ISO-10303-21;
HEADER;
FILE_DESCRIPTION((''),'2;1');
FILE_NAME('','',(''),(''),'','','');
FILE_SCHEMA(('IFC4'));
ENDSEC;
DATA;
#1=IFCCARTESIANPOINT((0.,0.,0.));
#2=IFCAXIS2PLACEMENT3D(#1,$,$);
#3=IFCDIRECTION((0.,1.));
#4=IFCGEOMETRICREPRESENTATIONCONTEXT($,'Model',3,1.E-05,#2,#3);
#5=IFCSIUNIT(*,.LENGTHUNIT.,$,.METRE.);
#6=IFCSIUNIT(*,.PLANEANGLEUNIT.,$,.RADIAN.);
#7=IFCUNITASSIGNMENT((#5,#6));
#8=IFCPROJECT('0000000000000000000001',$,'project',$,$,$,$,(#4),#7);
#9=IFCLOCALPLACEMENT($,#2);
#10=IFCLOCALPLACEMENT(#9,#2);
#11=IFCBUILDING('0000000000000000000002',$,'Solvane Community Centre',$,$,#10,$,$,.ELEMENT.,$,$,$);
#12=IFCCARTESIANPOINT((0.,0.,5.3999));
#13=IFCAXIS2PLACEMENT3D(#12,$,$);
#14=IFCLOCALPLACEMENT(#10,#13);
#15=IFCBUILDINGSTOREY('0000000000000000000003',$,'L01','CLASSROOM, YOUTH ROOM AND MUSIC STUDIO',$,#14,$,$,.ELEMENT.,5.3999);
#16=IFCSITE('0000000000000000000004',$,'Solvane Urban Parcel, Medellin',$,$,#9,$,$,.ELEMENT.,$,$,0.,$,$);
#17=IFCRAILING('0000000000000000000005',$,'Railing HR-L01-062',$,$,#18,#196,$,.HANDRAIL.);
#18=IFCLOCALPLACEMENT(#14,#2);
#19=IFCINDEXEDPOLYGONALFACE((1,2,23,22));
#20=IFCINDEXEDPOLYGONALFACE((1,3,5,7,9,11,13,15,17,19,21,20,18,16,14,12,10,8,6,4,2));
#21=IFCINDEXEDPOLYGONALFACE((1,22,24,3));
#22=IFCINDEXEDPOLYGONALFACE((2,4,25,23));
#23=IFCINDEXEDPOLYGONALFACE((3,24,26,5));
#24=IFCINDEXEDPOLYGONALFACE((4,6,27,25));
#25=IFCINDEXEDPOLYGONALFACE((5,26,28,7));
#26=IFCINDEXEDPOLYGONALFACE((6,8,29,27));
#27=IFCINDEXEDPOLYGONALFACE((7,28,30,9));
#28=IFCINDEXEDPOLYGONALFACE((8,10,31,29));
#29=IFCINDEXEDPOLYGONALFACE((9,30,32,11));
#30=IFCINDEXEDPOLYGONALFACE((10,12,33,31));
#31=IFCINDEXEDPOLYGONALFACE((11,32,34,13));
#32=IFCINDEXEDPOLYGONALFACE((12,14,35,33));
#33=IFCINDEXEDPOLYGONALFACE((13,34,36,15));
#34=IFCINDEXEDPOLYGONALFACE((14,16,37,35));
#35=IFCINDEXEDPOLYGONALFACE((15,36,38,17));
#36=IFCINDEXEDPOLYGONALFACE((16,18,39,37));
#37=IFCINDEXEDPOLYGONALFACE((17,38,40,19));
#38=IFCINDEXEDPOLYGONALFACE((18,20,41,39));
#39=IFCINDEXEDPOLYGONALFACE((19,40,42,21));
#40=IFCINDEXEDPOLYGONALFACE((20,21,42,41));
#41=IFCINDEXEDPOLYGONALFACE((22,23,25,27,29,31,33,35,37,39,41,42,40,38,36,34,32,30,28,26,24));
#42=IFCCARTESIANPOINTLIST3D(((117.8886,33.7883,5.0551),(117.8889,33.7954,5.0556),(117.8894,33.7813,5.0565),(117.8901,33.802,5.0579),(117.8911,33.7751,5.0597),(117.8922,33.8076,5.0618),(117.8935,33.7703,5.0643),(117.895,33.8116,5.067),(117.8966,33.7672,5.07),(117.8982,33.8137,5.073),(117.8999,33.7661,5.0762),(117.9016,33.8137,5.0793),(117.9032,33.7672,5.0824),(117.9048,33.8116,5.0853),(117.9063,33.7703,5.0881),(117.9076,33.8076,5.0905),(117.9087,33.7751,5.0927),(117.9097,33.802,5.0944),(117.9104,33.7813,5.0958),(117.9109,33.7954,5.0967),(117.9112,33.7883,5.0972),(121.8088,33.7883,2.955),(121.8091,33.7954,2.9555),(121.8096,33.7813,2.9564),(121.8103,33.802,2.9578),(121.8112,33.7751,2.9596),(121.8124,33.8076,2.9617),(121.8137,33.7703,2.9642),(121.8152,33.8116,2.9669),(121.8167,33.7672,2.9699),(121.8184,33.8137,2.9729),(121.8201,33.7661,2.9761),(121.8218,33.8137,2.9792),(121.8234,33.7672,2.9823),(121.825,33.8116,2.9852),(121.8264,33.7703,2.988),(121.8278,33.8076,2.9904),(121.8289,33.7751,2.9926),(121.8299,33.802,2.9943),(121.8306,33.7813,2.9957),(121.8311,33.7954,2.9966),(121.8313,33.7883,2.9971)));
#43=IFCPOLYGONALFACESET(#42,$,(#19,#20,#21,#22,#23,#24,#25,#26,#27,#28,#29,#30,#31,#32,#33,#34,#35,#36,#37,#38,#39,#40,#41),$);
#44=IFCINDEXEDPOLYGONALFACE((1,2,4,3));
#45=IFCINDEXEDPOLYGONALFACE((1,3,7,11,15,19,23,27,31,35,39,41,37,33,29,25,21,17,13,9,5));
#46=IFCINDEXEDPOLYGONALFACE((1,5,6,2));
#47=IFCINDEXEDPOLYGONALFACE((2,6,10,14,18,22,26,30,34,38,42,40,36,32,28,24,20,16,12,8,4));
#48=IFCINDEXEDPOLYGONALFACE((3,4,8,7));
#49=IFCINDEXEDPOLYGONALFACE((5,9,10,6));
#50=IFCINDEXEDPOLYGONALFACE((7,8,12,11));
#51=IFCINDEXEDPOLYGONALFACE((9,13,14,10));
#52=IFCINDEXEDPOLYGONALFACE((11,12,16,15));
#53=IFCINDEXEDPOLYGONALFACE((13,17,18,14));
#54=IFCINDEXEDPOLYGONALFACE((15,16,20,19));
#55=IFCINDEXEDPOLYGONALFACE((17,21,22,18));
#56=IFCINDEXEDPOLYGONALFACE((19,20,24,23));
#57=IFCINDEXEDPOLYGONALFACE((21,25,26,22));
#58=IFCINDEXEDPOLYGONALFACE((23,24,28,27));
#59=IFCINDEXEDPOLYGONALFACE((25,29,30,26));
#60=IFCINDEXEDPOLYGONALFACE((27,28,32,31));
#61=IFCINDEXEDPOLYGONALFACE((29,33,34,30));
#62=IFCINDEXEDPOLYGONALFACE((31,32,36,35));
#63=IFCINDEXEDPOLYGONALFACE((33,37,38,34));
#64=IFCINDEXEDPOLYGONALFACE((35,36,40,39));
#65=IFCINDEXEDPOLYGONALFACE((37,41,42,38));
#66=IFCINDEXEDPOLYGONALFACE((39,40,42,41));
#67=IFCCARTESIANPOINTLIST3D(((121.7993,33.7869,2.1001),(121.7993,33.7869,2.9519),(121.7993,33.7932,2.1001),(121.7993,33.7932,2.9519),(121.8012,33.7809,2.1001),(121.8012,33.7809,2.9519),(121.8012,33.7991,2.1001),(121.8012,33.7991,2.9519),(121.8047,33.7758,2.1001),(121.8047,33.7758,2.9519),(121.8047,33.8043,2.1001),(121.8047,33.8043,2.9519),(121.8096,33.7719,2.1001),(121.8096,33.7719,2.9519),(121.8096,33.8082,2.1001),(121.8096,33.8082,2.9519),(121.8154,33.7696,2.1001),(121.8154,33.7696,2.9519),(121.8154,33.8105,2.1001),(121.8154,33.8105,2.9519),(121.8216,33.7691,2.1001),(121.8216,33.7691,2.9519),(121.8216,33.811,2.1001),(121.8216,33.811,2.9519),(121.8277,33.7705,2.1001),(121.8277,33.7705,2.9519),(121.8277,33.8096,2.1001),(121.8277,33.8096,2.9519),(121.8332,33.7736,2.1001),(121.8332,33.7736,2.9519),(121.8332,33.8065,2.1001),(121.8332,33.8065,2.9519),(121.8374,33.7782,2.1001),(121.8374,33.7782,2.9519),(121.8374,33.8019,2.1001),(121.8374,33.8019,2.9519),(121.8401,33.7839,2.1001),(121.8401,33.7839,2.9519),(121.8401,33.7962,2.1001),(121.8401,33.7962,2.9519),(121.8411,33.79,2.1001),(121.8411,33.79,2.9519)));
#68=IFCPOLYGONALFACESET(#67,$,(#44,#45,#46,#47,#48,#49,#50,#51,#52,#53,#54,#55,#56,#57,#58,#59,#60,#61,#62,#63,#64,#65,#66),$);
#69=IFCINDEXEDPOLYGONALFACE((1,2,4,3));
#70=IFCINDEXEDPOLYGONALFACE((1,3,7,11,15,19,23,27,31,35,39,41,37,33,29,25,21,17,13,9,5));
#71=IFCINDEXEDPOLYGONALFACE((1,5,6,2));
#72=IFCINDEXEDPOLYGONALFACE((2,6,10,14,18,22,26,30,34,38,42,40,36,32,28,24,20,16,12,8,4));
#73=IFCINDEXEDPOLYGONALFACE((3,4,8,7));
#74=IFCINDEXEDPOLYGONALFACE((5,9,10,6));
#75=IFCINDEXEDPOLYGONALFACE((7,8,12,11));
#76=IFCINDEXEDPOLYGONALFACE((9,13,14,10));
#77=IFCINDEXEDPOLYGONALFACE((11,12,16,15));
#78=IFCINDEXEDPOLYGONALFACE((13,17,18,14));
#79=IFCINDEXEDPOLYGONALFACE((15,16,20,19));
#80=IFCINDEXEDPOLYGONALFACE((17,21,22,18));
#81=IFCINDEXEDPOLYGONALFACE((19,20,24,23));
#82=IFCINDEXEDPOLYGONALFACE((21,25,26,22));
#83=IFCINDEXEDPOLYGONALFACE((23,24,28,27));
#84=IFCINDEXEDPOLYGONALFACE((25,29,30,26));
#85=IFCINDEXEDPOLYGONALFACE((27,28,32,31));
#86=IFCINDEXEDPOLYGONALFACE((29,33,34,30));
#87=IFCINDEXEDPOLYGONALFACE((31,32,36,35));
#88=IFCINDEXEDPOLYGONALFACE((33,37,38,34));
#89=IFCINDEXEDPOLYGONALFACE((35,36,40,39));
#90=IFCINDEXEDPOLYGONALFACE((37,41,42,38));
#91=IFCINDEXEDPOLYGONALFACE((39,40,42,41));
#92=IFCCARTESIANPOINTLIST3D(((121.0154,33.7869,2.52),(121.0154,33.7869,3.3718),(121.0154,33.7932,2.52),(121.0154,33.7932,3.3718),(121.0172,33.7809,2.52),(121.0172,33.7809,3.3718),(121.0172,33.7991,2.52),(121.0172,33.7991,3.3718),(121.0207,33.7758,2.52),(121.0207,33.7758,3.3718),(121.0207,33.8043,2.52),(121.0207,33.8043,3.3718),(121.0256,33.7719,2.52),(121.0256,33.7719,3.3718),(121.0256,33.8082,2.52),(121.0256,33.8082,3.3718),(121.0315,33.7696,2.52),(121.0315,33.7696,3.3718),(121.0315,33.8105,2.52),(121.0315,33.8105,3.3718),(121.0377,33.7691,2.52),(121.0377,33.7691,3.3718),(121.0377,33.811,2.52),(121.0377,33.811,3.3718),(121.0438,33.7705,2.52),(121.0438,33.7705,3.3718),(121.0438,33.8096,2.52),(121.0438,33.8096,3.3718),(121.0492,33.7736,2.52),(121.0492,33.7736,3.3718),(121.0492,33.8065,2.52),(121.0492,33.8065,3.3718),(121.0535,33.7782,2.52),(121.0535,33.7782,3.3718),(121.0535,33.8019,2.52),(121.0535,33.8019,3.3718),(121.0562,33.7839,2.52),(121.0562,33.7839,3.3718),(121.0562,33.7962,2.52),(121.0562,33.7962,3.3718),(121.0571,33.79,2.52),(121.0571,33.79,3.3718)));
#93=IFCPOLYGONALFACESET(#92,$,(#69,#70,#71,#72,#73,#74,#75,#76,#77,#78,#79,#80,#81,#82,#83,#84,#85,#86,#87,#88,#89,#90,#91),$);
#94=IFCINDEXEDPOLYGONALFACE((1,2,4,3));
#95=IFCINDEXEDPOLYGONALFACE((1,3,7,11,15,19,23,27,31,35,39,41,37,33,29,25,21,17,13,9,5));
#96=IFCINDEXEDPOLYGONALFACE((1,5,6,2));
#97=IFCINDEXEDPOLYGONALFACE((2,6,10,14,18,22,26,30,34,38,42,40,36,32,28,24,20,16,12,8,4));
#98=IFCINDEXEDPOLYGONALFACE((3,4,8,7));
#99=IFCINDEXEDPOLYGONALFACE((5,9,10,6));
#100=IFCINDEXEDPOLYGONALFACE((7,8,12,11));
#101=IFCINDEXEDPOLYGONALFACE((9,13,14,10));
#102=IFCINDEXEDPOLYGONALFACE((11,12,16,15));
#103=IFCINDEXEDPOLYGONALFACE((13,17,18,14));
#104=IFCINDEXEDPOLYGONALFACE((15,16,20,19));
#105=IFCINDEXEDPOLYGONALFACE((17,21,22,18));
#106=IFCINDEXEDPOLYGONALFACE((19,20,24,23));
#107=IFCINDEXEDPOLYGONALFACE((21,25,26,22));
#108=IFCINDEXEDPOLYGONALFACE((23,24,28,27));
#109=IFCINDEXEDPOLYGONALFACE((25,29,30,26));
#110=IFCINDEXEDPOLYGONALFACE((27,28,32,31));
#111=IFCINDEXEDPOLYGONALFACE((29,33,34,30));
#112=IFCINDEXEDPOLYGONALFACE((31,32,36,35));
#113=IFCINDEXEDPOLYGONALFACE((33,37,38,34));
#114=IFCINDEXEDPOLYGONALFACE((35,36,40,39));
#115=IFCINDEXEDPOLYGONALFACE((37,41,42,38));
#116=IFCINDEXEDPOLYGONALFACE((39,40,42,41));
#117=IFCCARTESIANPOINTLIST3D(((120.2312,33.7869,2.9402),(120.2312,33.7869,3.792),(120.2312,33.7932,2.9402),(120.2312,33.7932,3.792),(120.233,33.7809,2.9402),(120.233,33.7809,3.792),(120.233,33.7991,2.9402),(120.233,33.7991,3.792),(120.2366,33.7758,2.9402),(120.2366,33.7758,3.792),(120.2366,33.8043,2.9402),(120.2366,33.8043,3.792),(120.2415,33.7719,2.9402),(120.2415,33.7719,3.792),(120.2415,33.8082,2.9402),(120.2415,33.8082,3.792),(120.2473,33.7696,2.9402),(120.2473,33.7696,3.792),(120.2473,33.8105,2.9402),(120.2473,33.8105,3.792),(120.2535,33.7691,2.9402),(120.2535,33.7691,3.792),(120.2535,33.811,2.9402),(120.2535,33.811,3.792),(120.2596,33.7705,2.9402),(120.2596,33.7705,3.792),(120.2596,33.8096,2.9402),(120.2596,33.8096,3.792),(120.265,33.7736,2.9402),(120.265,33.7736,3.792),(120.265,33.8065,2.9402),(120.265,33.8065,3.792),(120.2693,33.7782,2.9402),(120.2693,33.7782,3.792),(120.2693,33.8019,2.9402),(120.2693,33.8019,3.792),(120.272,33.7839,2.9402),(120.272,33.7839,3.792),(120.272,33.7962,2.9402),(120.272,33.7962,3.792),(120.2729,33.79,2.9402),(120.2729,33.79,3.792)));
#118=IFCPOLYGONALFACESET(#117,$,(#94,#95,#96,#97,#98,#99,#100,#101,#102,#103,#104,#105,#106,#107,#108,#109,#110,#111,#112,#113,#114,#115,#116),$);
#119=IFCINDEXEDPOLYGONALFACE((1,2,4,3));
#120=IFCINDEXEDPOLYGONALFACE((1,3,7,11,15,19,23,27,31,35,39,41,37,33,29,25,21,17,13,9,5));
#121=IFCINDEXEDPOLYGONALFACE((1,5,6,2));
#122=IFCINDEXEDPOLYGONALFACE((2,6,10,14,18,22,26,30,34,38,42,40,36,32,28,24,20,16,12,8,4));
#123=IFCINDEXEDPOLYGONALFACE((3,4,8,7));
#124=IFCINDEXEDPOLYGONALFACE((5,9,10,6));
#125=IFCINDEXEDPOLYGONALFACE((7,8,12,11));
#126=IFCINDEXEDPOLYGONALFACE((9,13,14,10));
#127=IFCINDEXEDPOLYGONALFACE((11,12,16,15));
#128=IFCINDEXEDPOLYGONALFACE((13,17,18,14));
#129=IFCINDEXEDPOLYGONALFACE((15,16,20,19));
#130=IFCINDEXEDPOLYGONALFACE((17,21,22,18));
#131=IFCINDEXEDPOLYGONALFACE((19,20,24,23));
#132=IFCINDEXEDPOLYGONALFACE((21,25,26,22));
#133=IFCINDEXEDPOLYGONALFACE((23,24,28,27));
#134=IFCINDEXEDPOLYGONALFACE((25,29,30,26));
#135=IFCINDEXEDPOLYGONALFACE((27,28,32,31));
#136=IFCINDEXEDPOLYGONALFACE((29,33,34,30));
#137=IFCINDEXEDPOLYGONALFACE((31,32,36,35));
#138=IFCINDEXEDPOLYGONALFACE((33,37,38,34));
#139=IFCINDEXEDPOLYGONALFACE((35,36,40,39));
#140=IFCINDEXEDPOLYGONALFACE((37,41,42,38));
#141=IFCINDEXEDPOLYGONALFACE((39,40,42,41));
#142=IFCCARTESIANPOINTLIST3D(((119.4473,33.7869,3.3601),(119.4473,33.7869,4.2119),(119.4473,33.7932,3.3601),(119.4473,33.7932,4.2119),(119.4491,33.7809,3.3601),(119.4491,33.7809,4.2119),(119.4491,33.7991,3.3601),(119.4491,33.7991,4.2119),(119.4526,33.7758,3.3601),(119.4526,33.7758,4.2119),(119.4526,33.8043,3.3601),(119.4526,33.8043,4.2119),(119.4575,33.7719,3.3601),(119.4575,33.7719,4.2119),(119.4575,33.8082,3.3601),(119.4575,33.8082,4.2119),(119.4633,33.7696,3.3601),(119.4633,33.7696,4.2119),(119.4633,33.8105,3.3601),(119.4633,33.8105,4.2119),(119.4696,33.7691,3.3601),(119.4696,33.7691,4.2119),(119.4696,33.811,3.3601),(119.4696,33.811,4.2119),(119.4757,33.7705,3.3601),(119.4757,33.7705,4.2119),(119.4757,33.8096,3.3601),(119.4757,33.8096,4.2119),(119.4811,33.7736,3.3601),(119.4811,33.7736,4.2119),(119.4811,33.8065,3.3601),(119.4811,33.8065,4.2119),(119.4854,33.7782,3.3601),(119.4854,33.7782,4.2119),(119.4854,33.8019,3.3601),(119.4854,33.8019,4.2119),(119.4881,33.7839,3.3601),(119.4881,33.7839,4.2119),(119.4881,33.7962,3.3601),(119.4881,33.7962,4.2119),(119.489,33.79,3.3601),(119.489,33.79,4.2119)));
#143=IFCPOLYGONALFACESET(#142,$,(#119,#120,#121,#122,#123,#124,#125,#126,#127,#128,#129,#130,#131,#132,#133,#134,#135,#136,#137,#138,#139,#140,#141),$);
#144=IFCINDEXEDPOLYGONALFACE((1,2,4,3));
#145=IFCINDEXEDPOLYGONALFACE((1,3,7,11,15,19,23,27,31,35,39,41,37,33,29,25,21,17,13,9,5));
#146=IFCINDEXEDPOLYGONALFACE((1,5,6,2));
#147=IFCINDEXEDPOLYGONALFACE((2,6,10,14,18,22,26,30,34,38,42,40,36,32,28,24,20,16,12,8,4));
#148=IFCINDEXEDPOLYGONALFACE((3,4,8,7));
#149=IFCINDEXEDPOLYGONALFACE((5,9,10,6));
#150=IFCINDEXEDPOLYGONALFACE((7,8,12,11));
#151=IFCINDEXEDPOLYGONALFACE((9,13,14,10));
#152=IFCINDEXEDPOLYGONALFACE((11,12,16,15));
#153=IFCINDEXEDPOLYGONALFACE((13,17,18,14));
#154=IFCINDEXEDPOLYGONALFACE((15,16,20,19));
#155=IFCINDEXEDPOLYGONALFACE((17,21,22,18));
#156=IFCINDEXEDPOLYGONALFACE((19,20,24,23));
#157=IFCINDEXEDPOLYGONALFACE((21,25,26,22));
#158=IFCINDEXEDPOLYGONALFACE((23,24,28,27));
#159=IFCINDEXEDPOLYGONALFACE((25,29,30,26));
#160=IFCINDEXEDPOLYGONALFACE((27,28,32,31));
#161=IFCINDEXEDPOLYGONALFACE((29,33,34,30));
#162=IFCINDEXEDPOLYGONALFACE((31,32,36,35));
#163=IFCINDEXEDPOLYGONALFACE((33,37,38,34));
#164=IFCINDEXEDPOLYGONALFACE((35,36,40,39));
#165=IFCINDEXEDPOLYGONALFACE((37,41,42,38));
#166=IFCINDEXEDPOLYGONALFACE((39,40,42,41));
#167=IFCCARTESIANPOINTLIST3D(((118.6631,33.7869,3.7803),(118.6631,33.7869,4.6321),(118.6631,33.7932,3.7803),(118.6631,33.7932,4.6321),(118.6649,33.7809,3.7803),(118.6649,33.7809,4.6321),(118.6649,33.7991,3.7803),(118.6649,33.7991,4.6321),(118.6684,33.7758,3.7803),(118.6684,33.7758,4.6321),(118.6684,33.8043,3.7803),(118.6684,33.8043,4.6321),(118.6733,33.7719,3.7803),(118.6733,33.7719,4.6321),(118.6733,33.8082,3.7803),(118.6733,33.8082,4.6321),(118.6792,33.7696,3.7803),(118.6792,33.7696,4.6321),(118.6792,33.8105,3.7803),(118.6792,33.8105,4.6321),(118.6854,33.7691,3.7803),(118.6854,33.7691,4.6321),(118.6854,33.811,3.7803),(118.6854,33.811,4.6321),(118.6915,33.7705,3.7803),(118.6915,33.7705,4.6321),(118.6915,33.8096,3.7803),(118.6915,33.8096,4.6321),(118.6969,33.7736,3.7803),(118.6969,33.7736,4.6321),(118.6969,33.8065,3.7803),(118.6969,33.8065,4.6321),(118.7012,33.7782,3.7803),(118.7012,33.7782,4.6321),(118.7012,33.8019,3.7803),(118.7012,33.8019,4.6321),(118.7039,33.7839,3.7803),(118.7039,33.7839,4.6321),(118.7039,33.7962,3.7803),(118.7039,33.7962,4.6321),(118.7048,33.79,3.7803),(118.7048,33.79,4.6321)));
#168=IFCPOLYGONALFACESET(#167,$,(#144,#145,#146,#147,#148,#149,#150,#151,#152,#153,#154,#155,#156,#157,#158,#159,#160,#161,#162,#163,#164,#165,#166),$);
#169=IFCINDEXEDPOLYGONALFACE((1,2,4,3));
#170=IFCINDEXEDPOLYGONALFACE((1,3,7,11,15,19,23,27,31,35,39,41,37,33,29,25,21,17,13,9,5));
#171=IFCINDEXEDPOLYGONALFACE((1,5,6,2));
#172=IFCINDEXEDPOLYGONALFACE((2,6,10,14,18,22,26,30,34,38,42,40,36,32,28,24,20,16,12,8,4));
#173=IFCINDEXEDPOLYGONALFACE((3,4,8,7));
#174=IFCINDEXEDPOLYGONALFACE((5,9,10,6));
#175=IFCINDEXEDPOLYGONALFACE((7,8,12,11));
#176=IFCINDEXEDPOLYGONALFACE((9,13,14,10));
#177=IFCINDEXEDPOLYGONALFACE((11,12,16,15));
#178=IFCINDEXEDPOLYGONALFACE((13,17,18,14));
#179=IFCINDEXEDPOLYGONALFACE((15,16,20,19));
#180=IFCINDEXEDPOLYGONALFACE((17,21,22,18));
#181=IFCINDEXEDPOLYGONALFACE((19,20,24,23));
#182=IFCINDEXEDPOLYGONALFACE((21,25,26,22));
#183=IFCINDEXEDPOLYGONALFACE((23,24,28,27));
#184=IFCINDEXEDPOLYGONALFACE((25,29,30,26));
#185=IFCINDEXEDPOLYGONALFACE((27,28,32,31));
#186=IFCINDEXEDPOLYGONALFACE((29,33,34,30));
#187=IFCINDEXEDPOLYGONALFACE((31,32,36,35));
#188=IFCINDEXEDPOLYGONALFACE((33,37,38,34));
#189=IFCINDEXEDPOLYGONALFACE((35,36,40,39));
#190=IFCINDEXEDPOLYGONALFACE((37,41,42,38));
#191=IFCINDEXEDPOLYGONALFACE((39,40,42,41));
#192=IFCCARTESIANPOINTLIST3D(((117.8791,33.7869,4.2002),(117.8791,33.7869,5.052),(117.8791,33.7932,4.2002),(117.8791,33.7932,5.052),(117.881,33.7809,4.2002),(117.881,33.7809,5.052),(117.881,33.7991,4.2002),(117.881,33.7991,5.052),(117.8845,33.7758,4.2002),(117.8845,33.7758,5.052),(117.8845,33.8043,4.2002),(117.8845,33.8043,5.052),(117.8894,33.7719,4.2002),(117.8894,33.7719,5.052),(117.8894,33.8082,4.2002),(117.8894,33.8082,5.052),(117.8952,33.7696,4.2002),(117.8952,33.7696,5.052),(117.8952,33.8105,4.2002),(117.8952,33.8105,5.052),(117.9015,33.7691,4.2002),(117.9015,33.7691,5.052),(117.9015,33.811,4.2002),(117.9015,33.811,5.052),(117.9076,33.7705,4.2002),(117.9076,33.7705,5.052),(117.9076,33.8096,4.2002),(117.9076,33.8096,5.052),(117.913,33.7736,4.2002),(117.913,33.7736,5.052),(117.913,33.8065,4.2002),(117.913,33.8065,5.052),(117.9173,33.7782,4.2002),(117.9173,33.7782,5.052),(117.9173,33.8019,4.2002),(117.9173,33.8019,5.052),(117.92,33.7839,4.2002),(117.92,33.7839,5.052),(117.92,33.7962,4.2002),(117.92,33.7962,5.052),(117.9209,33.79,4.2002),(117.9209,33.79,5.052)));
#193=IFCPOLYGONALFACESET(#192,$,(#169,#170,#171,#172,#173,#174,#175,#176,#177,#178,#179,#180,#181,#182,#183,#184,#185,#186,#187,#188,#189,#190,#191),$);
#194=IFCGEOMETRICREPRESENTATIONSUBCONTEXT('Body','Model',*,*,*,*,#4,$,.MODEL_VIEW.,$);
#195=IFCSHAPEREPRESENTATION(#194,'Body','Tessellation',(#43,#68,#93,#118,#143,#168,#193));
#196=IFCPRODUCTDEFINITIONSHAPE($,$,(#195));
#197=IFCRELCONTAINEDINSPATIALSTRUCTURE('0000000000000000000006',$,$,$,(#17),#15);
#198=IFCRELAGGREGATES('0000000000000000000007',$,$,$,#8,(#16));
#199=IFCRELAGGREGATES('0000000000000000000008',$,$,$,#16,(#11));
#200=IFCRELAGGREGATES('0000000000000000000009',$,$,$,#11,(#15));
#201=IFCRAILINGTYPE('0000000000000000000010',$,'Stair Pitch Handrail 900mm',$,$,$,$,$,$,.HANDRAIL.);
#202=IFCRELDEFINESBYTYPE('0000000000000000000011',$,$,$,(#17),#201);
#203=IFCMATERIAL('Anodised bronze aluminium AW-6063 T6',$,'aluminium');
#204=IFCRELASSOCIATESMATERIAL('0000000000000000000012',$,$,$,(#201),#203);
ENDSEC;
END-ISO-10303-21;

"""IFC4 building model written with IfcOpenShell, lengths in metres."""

from ifc_helpers import new_model, si_unit, direction, frame, origin, origin_2d, place, context, subcontext, project, spatial, circle, extrude, material, type_object, element, save


model = new_model("IFC4")

# Units and contexts
model_context = context("Model", 3, precision=1e-05, world=origin(), true_north=direction((0.0, 1.0)))
body_context = subcontext(model_context, "Body", "Model", "MODEL_VIEW")
ifc_project = project(units=[si_unit("LENGTHUNIT", "METRE"), si_unit("PLANEANGLEUNIT", "RADIAN")], contexts=[model_context])

# Site, building, storey
site_placement = place(None, origin())
site = spatial("IfcSite", under=ifc_project, at=site_placement, Name="Solvane Urban Parcel, Medellin", CompositionType="ELEMENT", RefElevation=0.0)
building_placement = place(site_placement, origin())
building = spatial("IfcBuilding", under=site, at=building_placement, Name="Solvane Community Centre", CompositionType="ELEMENT")
storey_placement = place(building_placement, frame((0.0, 0.0, 5.3999)))
storey = spatial("IfcBuildingStorey", under=building, at=storey_placement, Name="L01", Description="CLASSROOM, YOUTH ROOM AND MUSIC STUDIO", CompositionType="ELEMENT", Elevation=5.3999)

# Shared definitions
ifc_material_1 = material(Name="Anodised bronze aluminium AW-6063 T6", Category="aluminium")

# Railing
railing_type_1 = type_object("IfcRailingType", Name="Stair Pitch Handrail 900mm", PredefinedType="HANDRAIL", material=ifc_material_1)
railing_1_placement = place(storey_placement, frame((121.8201, 33.79, 2.1001)))
element("IfcRailing", 1, at=railing_1_placement, inside=storey, type_object=railing_type_1, Name="Railing HR-L01-062", PredefinedType="HANDRAIL", context=body_context, shape_type="SweptSolid", body=[
    extrude(circle(Radius=0.0239, at=origin_2d()), frame((0.0, 0.0, 0.876), z_axis=(-0.881479, 0.0, 0.472223), x_axis=(0.0, -1.0, 0.0)), (0.0, 0.0, 1.0), 4.4473),
    extrude(circle(Radius=0.021, at=origin_2d()), origin(), (0.0, 0.0, 1.0), 0.8518),
    extrude(circle(Radius=0.021, at=origin_2d()), frame((-0.7839, 0.0, 0.4199)), (0.0, 0.0, 1.0), 0.8518),
    extrude(circle(Radius=0.021, at=origin_2d()), frame((-1.5681, 0.0, 0.8401)), (0.0, 0.0, 1.0), 0.8518),
    extrude(circle(Radius=0.021, at=origin_2d()), frame((-2.3521, 0.0, 1.26)), (0.0, 0.0, 1.0), 0.8518),
    extrude(circle(Radius=0.021, at=origin_2d()), frame((-3.1362, 0.0, 1.6802)), (0.0, 0.0, 1.0), 0.8518),
    extrude(circle(Radius=0.021, at=origin_2d()), frame((-3.9202, 0.0, 2.1001)), (0.0, 0.0, 1.0), 0.8518),
])

save(model, "model.ifc")
